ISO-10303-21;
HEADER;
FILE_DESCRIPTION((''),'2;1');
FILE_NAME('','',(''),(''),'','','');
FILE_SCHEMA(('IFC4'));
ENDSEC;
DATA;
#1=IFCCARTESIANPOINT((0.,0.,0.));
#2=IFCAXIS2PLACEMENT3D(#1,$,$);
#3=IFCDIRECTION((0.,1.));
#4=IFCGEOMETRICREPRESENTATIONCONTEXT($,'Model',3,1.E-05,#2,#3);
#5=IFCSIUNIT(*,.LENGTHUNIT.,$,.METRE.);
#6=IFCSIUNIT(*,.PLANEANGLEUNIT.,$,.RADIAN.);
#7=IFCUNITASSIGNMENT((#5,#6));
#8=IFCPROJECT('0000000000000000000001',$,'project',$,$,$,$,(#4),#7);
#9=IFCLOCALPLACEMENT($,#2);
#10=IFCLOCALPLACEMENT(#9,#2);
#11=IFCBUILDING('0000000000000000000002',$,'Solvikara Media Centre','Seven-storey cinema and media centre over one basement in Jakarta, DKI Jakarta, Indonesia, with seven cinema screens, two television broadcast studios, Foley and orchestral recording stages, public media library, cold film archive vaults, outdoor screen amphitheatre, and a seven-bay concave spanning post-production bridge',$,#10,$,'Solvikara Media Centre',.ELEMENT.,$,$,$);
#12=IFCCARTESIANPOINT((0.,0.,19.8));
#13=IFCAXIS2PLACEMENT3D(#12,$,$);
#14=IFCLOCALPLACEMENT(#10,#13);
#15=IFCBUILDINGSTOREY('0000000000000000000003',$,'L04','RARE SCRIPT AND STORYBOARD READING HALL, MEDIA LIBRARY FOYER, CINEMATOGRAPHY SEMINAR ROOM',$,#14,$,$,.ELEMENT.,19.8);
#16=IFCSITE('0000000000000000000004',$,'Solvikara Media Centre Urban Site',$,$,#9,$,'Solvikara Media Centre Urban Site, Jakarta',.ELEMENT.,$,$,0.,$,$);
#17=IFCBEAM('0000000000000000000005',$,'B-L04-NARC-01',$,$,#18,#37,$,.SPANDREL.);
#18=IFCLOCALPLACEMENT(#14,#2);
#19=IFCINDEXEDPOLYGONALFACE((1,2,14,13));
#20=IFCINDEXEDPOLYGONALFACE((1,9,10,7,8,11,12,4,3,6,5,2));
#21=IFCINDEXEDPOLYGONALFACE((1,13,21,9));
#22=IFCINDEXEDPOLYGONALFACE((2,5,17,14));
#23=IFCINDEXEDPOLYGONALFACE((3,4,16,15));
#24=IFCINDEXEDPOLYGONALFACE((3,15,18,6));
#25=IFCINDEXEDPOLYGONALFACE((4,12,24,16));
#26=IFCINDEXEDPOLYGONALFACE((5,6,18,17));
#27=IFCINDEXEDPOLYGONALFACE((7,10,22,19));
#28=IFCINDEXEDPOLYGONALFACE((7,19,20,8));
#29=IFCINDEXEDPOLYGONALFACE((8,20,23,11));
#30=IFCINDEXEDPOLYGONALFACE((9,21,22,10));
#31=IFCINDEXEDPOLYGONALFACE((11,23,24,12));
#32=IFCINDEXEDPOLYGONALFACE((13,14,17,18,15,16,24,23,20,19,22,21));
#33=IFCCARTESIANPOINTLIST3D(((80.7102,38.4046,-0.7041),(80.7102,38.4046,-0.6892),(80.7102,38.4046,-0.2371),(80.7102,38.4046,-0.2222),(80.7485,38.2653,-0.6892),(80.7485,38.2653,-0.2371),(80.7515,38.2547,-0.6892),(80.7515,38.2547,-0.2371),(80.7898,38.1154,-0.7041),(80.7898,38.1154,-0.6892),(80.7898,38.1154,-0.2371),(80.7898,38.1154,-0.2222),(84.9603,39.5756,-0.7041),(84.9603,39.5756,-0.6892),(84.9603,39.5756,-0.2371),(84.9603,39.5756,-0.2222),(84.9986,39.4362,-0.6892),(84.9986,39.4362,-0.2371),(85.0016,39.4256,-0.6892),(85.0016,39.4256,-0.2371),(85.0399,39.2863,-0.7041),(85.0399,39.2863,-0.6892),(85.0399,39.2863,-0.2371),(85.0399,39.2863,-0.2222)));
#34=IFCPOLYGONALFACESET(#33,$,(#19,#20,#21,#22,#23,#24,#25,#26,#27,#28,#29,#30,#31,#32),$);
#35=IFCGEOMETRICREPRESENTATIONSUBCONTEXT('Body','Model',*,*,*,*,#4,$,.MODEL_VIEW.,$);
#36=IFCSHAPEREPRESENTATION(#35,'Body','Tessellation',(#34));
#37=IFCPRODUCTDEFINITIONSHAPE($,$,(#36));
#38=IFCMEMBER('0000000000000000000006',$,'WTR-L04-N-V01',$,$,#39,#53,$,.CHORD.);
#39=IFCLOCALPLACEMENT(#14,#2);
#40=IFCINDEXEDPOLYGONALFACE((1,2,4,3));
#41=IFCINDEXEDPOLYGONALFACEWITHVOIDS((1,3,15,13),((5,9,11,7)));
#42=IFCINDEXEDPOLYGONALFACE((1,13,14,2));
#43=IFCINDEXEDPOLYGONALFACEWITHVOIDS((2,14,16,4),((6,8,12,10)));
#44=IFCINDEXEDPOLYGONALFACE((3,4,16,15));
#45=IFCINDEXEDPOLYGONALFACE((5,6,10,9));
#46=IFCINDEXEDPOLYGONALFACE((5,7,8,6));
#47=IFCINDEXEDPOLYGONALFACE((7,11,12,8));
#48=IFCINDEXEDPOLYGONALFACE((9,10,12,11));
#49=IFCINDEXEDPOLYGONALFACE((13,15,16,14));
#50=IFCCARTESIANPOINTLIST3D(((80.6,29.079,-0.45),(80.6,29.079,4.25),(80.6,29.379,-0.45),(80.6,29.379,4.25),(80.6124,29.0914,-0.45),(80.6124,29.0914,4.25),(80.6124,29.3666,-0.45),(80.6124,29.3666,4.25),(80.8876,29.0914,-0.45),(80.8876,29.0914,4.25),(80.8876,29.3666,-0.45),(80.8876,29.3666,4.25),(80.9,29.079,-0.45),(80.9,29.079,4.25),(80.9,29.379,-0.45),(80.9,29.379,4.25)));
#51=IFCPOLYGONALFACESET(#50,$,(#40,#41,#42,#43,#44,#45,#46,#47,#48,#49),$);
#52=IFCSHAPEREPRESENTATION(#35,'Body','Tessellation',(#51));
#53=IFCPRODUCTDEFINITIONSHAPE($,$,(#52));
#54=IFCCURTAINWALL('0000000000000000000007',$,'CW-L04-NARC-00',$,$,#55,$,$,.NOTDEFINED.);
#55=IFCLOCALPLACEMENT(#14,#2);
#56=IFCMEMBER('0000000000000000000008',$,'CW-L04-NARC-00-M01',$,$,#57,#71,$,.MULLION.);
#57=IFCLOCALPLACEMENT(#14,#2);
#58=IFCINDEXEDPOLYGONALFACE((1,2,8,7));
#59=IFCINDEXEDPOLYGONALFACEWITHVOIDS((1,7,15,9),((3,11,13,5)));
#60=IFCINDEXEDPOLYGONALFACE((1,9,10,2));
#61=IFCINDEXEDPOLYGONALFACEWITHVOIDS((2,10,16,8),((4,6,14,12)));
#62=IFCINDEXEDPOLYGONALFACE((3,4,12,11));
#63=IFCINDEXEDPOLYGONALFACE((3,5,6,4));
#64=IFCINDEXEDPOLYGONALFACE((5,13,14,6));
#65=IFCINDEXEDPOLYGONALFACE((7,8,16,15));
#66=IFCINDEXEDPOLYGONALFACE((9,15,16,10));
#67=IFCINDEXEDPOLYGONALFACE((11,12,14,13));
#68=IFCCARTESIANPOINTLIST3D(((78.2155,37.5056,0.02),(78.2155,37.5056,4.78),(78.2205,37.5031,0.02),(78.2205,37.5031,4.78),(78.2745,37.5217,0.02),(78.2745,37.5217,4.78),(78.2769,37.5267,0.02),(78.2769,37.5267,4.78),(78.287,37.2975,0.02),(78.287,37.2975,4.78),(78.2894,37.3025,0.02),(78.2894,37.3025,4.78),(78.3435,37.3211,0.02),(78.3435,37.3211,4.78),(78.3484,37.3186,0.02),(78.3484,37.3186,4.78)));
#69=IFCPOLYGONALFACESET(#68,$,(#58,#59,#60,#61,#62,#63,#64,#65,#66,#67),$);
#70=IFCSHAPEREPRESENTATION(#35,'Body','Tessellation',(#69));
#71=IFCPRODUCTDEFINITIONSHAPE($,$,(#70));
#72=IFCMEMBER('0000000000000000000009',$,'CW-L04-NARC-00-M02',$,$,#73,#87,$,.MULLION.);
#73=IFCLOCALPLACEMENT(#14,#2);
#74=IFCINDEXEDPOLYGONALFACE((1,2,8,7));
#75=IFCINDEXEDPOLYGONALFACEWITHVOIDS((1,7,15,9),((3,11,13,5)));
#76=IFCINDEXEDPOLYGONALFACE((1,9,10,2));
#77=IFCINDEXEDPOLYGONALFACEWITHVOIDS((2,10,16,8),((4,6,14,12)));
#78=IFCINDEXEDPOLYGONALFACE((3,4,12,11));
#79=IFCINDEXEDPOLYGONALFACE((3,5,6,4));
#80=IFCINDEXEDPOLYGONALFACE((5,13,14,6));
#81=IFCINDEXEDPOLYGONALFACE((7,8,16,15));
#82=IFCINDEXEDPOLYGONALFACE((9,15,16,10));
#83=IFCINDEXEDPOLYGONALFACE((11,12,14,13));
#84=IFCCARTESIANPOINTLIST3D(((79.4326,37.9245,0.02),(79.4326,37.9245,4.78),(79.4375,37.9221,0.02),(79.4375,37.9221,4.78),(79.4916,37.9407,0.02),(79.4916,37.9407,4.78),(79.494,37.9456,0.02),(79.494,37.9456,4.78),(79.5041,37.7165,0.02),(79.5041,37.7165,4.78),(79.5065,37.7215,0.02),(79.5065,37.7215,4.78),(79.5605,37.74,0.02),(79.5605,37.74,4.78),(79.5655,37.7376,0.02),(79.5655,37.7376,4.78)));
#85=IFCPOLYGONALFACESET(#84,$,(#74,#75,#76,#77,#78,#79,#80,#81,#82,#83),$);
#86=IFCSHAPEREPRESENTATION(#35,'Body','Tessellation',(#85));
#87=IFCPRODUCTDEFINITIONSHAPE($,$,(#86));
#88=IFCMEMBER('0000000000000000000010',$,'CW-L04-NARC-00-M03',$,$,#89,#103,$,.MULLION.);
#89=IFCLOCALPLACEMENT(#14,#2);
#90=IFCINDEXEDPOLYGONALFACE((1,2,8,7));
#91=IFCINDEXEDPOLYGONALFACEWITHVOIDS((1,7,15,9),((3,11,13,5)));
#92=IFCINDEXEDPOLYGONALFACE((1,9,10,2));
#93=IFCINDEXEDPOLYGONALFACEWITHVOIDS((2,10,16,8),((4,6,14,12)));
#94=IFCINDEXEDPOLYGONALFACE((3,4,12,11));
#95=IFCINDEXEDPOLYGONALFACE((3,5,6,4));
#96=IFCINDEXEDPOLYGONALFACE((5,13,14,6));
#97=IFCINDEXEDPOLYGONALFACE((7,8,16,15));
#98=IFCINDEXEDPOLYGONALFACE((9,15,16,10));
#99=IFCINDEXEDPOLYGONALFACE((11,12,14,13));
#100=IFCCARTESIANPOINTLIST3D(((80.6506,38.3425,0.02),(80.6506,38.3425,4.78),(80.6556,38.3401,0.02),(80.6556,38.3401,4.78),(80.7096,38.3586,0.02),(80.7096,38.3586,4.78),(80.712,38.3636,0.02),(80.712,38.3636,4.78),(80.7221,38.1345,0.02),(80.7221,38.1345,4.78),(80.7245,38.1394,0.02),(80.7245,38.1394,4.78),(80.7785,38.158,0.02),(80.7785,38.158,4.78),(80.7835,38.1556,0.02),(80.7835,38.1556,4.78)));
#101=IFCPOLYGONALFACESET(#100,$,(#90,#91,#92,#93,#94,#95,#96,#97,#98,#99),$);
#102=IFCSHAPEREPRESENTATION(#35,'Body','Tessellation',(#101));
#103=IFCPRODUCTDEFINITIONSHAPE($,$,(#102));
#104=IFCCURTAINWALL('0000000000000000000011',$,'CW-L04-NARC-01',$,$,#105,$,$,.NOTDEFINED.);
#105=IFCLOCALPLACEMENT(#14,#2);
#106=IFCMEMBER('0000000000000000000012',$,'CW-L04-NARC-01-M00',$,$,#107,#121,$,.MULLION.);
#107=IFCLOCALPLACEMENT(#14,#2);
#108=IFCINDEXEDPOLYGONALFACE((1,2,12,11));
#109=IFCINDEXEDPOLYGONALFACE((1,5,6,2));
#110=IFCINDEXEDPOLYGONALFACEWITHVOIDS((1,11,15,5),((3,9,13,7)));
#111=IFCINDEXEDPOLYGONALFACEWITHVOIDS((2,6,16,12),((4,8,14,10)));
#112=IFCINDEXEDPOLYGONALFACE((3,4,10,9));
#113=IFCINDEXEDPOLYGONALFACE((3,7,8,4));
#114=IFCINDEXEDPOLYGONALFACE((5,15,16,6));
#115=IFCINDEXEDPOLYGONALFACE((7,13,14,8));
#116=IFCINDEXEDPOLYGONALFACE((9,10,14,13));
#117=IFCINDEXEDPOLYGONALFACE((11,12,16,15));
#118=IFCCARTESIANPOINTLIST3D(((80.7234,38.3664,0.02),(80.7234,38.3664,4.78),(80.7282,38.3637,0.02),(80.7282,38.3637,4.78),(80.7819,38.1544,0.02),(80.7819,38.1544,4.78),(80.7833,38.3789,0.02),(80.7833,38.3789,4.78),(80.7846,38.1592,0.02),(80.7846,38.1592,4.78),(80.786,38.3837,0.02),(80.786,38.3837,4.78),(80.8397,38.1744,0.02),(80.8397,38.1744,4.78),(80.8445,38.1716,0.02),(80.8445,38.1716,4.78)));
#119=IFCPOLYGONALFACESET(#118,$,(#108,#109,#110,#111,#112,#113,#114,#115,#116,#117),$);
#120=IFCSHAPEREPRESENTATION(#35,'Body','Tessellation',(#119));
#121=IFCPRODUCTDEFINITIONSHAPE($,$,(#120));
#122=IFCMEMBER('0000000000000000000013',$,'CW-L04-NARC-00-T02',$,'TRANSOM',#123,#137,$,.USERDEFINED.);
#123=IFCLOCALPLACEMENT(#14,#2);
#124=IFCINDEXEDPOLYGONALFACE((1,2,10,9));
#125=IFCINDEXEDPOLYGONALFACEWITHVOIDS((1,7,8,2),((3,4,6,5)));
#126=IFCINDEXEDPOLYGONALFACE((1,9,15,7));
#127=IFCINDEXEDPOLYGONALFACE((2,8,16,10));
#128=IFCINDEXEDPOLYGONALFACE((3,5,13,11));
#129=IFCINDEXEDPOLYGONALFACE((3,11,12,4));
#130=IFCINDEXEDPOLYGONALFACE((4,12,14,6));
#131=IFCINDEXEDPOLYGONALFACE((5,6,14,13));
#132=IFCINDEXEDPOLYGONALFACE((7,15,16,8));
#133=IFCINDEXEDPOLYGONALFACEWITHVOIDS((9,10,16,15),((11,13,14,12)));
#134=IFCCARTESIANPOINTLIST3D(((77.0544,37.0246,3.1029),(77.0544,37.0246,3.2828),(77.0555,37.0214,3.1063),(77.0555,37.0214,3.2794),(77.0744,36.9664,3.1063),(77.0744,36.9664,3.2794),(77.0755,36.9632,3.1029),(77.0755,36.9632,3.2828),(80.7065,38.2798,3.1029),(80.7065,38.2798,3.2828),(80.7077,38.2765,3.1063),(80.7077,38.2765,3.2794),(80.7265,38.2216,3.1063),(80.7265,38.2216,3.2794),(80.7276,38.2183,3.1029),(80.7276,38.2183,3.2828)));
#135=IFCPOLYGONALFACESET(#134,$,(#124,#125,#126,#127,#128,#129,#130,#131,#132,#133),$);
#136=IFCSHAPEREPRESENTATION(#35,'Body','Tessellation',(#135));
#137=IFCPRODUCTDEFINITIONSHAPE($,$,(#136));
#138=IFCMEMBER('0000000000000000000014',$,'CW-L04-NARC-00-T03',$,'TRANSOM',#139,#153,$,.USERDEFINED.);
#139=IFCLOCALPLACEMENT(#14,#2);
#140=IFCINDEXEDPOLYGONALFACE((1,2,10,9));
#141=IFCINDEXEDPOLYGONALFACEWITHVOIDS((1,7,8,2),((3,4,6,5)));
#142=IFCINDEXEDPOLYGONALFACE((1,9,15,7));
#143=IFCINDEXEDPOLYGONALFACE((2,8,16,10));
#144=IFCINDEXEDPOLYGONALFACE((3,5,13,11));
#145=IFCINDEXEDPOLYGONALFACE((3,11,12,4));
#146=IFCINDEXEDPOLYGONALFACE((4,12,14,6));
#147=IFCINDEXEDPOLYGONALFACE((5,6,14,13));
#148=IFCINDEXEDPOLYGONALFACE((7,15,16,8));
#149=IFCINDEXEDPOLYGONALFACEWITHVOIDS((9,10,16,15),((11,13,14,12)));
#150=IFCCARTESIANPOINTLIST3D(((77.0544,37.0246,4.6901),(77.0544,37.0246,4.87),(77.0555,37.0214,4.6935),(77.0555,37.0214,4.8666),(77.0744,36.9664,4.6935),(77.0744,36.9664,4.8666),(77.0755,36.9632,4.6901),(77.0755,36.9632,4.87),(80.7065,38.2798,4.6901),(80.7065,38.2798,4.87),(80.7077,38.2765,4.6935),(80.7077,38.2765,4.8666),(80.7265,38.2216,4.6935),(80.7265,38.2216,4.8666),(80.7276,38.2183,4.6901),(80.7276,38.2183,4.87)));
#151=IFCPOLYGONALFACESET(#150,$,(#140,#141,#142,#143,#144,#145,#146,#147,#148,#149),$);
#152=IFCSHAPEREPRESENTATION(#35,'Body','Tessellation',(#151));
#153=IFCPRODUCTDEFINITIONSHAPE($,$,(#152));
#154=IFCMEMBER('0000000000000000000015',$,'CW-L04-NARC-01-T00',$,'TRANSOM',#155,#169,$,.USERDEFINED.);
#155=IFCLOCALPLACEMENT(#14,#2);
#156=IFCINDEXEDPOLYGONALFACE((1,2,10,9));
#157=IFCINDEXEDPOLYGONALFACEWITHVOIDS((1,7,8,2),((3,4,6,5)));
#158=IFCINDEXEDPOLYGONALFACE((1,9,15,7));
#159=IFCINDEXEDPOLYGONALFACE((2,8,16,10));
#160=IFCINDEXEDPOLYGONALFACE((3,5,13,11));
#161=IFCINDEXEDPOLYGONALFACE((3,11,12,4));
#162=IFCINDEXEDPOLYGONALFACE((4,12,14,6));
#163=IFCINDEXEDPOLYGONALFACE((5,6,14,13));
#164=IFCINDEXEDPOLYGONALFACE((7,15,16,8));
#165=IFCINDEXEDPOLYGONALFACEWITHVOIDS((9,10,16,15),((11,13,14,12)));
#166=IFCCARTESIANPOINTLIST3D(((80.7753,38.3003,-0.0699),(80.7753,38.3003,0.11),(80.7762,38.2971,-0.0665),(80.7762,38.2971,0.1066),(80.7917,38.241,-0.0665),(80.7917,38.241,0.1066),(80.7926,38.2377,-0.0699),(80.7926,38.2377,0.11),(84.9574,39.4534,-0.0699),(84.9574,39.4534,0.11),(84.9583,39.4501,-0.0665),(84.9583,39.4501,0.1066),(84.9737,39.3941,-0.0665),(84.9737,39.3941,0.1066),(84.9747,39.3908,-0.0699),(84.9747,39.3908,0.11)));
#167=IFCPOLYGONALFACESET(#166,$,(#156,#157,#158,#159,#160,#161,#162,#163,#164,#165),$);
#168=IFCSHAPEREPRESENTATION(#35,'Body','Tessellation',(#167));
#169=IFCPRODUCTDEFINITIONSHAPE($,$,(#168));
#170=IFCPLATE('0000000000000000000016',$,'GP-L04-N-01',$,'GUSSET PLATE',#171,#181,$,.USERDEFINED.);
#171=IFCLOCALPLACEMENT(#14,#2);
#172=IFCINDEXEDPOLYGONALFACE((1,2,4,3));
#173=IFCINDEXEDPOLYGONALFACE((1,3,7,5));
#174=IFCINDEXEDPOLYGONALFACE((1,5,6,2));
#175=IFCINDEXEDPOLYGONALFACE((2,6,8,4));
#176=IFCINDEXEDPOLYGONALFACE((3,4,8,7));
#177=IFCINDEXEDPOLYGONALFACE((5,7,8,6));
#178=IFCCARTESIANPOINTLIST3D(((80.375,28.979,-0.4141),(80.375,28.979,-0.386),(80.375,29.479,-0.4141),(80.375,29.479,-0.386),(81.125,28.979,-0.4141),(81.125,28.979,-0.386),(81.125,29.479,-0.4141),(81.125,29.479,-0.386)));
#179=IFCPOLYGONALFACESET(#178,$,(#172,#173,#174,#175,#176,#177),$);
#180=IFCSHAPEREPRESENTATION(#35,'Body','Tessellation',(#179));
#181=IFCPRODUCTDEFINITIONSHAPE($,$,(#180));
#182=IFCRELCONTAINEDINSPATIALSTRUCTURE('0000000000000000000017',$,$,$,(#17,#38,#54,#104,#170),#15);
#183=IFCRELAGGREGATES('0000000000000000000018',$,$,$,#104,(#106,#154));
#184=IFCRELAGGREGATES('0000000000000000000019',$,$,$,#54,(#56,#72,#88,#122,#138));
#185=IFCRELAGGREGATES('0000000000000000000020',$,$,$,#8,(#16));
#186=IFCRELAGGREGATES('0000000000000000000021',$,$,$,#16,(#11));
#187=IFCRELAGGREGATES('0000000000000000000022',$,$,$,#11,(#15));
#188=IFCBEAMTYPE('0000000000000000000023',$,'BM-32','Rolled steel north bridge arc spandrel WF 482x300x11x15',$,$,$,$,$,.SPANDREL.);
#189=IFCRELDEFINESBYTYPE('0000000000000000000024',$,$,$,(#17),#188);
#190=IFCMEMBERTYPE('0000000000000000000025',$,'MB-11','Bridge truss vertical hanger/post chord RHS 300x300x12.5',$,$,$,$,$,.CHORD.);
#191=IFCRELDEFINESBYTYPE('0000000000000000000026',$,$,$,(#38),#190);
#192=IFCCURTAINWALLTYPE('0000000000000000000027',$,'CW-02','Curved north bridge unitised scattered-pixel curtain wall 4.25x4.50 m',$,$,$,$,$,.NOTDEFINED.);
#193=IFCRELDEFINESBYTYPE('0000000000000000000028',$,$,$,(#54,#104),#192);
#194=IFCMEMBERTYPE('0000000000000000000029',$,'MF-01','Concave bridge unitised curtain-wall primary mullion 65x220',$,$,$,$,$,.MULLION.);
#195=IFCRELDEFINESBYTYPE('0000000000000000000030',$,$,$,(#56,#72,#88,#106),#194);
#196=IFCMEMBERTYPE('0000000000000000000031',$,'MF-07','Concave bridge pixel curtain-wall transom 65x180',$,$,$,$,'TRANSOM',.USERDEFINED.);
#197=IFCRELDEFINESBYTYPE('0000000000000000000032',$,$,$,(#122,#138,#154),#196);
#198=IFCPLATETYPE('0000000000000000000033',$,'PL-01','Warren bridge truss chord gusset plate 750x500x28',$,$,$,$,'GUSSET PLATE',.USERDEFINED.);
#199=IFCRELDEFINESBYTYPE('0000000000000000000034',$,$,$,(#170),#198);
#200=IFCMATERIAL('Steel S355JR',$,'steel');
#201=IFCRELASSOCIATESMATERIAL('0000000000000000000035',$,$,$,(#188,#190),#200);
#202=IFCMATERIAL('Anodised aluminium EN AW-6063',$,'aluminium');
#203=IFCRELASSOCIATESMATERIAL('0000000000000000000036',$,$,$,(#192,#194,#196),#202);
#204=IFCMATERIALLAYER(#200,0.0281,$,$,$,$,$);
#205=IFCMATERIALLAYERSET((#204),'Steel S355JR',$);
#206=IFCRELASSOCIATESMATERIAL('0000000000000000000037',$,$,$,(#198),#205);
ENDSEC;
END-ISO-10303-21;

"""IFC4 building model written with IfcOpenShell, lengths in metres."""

from ifc_helpers import new_model, si_unit, direction, frame, origin, origin_2d, place, context, subcontext, project, spatial, rectangle, hollow_rectangle, i_section, extrude, material, layer, layer_set, material_profile, profile_set, type_object, element, aggregate, save


model = new_model("IFC4")

# Units and contexts
model_context = context("Model", 3, precision=1e-05, world=origin(), true_north=direction((0.0, 1.0)))
body_context = subcontext(model_context, "Body", "Model", "MODEL_VIEW")
ifc_project = project(units=[si_unit("LENGTHUNIT", "METRE"), si_unit("PLANEANGLEUNIT", "RADIAN")], contexts=[model_context])

# Site, building, storey
site_placement = place(None, origin())
site = spatial("IfcSite", under=ifc_project, at=site_placement, Name="Solvikara Media Centre Urban Site", LongName="Solvikara Media Centre Urban Site, Jakarta", CompositionType="ELEMENT", RefElevation=0.0)
building_placement = place(site_placement, origin())
building = spatial("IfcBuilding", under=site, at=building_placement, Name="Solvikara Media Centre", Description="Seven-storey cinema and media centre over one basement in Jakarta, DKI Jakarta, Indonesia, with seven cinema screens, two television broadcast studios, Foley and orchestral recording stages, public media library, cold film archive vaults, outdoor screen amphitheatre, and a seven-bay concave spanning post-production bridge", LongName="Solvikara Media Centre", CompositionType="ELEMENT")
storey_placement = place(building_placement, frame((0.0, 0.0, 19.8)))
storey = spatial("IfcBuildingStorey", under=building, at=storey_placement, Name="L04", Description="RARE SCRIPT AND STORYBOARD READING HALL, MEDIA LIBRARY FOYER, CINEMATOGRAPHY SEMINAR ROOM", CompositionType="ELEMENT", Elevation=19.8)

# Beam
ifc_material_1 = material(Name="Steel S355JR", Category="steel")
ifc_material_profile_1 = material_profile(ifc_material_1, i_section(OverallWidth=0.3, OverallDepth=0.4819, WebThickness=0.011, FlangeThickness=0.0149, at=origin_2d()), Name="WF 482x300x11x15")
ifc_profile_set_1 = profile_set([ifc_material_profile_1], Name="Steel S355JR")
beam_type = type_object("IfcBeamType", Name="BM-32", Description="Rolled steel north bridge arc spandrel WF 482x300x11x15", PredefinedType="SPANDREL", material=ifc_profile_set_1)
beam_placement = place(storey_placement, frame((80.75, 38.26, -0.4631), z_axis=(0.964081, 0.26561, 0.0), x_axis=(-0.26561, 0.964081, 0.0)))
element("IfcBeam", 1, at=beam_placement, inside=storey, type_object=beam_type, Name="B-L04-NARC-01", PredefinedType="SPANDREL", context=body_context, shape_type="SweptSolid", body=[
    extrude(i_section(OverallWidth=0.3, OverallDepth=0.4819, WebThickness=0.011, FlangeThickness=0.0149, at=origin_2d()), origin(), (0.0, 0.0, 1.0), 4.4084),
])

# Member
ifc_material_profile_2 = material_profile(ifc_material_1, hollow_rectangle(XDim=0.3, YDim=0.3, WallThickness=0.0125, at=origin_2d()), Name="RHS 300x300x12.5")
ifc_profile_set_2 = profile_set([ifc_material_profile_2], Name="Steel S355JR")
member_type_1 = type_object("IfcMemberType", Name="MB-11", Description="Bridge truss vertical hanger/post chord RHS 300x300x12.5", PredefinedType="CHORD", material=ifc_profile_set_2)
member_1_placement = place(storey_placement, frame((80.75, 29.229, -0.45), z_axis=(0.0, 0.0, 1.0), x_axis=(1.0, 0.0, 0.0)))
element("IfcMember", 2, at=member_1_placement, inside=storey, type_object=member_type_1, Name="WTR-L04-N-V01", PredefinedType="CHORD", context=body_context, shape_type="SweptSolid", body=[
    extrude(hollow_rectangle(XDim=0.3, YDim=0.3, WallThickness=0.0125, at=origin_2d()), origin(), (0.0, 0.0, 1.0), 4.7),
])

# Curtain wall, members
ifc_material_2 = material(Name="Anodised aluminium EN AW-6063", Category="aluminium")
curtain_wall_type = type_object("IfcCurtainWallType", Name="CW-02", Description="Curved north bridge unitised scattered-pixel curtain wall 4.25x4.50 m", PredefinedType="NOTDEFINED", material=ifc_material_2)
curtain_wall_1_placement = place(storey_placement, origin())
curtain_wall_1 = element("IfcCurtainWall", 3, at=curtain_wall_1_placement, inside=storey, type_object=curtain_wall_type, Name="CW-L04-NARC-00", PredefinedType="NOTDEFINED")
ifc_material_profile_3 = material_profile(ifc_material_2, hollow_rectangle(XDim=0.0649, YDim=0.22, WallThickness=0.0039, at=origin_2d()), Name="ALU-M 65x220x4")
ifc_profile_set_3 = profile_set([ifc_material_profile_3], Name="Anodised aluminium EN AW-6063")
member_type_2 = type_object("IfcMemberType", Name="MF-01", Description="Concave bridge unitised curtain-wall primary mullion 65x220", PredefinedType="MULLION", material=ifc_profile_set_3)
member_2_placement = place(storey_placement, frame((78.282, 37.4121, 0.02), z_axis=(0.0, 0.0, 1.0), x_axis=(0.945717, 0.324991, 0.0)))
member_2 = element("IfcMember", 4, at=member_2_placement, type_object=member_type_2, Name="CW-L04-NARC-00-M01", PredefinedType="MULLION", context=body_context, shape_type="SweptSolid", body=[
    extrude(hollow_rectangle(XDim=0.0649, YDim=0.22, WallThickness=0.0039, at=origin_2d()), origin(), (0.0, 0.0, 1.0), 4.76),
])
member_3_placement = place(storey_placement, frame((79.499, 37.8311, 0.02), z_axis=(0.0, 0.0, 1.0), x_axis=(0.945717, 0.324991, 0.0)))
member_3 = element("IfcMember", 5, at=member_3_placement, type_object=member_type_2, Name="CW-L04-NARC-00-M02", PredefinedType="MULLION", context=body_context, shape_type="SweptSolid", body=[
    extrude(hollow_rectangle(XDim=0.0649, YDim=0.22, WallThickness=0.0039, at=origin_2d()), origin(), (0.0, 0.0, 1.0), 4.76),
])
member_4_placement = place(storey_placement, frame((80.717, 38.249, 0.02), z_axis=(0.0, 0.0, 1.0), x_axis=(0.945717, 0.324991, 0.0)))
member_4 = element("IfcMember", 6, at=member_4_placement, type_object=member_type_2, Name="CW-L04-NARC-00-M03", PredefinedType="MULLION", context=body_context, shape_type="SweptSolid", body=[
    extrude(hollow_rectangle(XDim=0.0649, YDim=0.22, WallThickness=0.0039, at=origin_2d()), origin(), (0.0, 0.0, 1.0), 4.76),
])

# Curtain wall, member
curtain_wall_2_placement = place(storey_placement, origin())
curtain_wall_2 = element("IfcCurtainWall", 7, at=curtain_wall_2_placement, inside=storey, type_object=curtain_wall_type, Name="CW-L04-NARC-01", PredefinedType="NOTDEFINED")
member_5_placement = place(storey_placement, frame((80.7839, 38.269, 0.02), z_axis=(0.0, 0.0, 1.0), x_axis=(0.96403, 0.265792, 0.0)))
member_5 = element("IfcMember", 8, at=member_5_placement, type_object=member_type_2, Name="CW-L04-NARC-01-M00", PredefinedType="MULLION", context=body_context, shape_type="SweptSolid", body=[
    extrude(hollow_rectangle(XDim=0.0649, YDim=0.22, WallThickness=0.0039, at=origin_2d()), origin(), (0.0, 0.0, 1.0), 4.76),
])

# Members
ifc_material_profile_4 = material_profile(ifc_material_2, hollow_rectangle(XDim=0.0649, YDim=0.1799, WallThickness=0.0034, at=origin_2d()), Name="ALU-T 65x180x3.5")
ifc_profile_set_4 = profile_set([ifc_material_profile_4], Name="Anodised aluminium EN AW-6063")
member_type_3 = type_object("IfcMemberType", Name="MF-07", Description="Concave bridge pixel curtain-wall transom 65x180", ElementType="TRANSOM", PredefinedType="USERDEFINED", material=ifc_profile_set_4)
member_6_placement = place(storey_placement, frame((77.0649, 36.9939, 3.1929), z_axis=(0.945709, 0.325014, 0.0), x_axis=(-0.325014, 0.945709, 0.0)))
member_6 = element("IfcMember", 9, at=member_6_placement, type_object=member_type_3, Name="CW-L04-NARC-00-T02", ObjectType="TRANSOM", PredefinedType="USERDEFINED", context=body_context, shape_type="SweptSolid", body=[
    extrude(hollow_rectangle(XDim=0.0649, YDim=0.1799, WallThickness=0.0034, at=origin_2d()), origin(), (0.0, 0.0, 1.0), 3.8618),
])
member_7_placement = place(storey_placement, frame((77.0649, 36.9939, 4.78), z_axis=(0.945709, 0.325014, 0.0), x_axis=(-0.325014, 0.945709, 0.0)))
member_7 = element("IfcMember", 10, at=member_7_placement, type_object=member_type_3, Name="CW-L04-NARC-00-T03", ObjectType="TRANSOM", PredefinedType="USERDEFINED", context=body_context, shape_type="SweptSolid", body=[
    extrude(hollow_rectangle(XDim=0.0649, YDim=0.1799, WallThickness=0.0034, at=origin_2d()), origin(), (0.0, 0.0, 1.0), 3.8618),
])
member_8_placement = place(storey_placement, frame((80.7839, 38.269, 0.02), z_axis=(0.964029, 0.265797, 0.0), x_axis=(-0.265797, 0.964029, 0.0)))
member_8 = element("IfcMember", 11, at=member_8_placement, type_object=member_type_3, Name="CW-L04-NARC-01-T00", ObjectType="TRANSOM", PredefinedType="USERDEFINED", context=body_context, shape_type="SweptSolid", body=[
    extrude(hollow_rectangle(XDim=0.0649, YDim=0.1799, WallThickness=0.0034, at=origin_2d()), origin(), (0.0, 0.0, 1.0), 4.3381),
])
aggregate(curtain_wall_2, [member_5, member_8])

# Plate
ifc_layer_1 = layer(ifc_material_1, 0.0281)
ifc_layer_set_1 = layer_set([ifc_layer_1], Name="Steel S355JR")
plate_type_1 = type_object("IfcPlateType", Name="PL-01", Description="Warren bridge truss chord gusset plate 750x500x28", ElementType="GUSSET PLATE", PredefinedType="USERDEFINED", material=ifc_layer_set_1)
plate_1_placement = place(storey_placement, frame((80.75, 29.229, -0.4141), z_axis=(0.0, 0.0, 1.0), x_axis=(1.0, 0.0, 0.0)))
element("IfcPlate", 12, at=plate_1_placement, inside=storey, type_object=plate_type_1, Name="GP-L04-N-01", ObjectType="GUSSET PLATE", PredefinedType="USERDEFINED", context=body_context, shape_type="SweptSolid", body=[
    extrude(rectangle(XDim=0.75, YDim=0.5, at=origin_2d()), origin(), (0.0, 0.0, 1.0), 0.0281),
])
aggregate(curtain_wall_1, [member_2, member_3, member_4, member_6, member_7])

save(model, "model.ifc")
